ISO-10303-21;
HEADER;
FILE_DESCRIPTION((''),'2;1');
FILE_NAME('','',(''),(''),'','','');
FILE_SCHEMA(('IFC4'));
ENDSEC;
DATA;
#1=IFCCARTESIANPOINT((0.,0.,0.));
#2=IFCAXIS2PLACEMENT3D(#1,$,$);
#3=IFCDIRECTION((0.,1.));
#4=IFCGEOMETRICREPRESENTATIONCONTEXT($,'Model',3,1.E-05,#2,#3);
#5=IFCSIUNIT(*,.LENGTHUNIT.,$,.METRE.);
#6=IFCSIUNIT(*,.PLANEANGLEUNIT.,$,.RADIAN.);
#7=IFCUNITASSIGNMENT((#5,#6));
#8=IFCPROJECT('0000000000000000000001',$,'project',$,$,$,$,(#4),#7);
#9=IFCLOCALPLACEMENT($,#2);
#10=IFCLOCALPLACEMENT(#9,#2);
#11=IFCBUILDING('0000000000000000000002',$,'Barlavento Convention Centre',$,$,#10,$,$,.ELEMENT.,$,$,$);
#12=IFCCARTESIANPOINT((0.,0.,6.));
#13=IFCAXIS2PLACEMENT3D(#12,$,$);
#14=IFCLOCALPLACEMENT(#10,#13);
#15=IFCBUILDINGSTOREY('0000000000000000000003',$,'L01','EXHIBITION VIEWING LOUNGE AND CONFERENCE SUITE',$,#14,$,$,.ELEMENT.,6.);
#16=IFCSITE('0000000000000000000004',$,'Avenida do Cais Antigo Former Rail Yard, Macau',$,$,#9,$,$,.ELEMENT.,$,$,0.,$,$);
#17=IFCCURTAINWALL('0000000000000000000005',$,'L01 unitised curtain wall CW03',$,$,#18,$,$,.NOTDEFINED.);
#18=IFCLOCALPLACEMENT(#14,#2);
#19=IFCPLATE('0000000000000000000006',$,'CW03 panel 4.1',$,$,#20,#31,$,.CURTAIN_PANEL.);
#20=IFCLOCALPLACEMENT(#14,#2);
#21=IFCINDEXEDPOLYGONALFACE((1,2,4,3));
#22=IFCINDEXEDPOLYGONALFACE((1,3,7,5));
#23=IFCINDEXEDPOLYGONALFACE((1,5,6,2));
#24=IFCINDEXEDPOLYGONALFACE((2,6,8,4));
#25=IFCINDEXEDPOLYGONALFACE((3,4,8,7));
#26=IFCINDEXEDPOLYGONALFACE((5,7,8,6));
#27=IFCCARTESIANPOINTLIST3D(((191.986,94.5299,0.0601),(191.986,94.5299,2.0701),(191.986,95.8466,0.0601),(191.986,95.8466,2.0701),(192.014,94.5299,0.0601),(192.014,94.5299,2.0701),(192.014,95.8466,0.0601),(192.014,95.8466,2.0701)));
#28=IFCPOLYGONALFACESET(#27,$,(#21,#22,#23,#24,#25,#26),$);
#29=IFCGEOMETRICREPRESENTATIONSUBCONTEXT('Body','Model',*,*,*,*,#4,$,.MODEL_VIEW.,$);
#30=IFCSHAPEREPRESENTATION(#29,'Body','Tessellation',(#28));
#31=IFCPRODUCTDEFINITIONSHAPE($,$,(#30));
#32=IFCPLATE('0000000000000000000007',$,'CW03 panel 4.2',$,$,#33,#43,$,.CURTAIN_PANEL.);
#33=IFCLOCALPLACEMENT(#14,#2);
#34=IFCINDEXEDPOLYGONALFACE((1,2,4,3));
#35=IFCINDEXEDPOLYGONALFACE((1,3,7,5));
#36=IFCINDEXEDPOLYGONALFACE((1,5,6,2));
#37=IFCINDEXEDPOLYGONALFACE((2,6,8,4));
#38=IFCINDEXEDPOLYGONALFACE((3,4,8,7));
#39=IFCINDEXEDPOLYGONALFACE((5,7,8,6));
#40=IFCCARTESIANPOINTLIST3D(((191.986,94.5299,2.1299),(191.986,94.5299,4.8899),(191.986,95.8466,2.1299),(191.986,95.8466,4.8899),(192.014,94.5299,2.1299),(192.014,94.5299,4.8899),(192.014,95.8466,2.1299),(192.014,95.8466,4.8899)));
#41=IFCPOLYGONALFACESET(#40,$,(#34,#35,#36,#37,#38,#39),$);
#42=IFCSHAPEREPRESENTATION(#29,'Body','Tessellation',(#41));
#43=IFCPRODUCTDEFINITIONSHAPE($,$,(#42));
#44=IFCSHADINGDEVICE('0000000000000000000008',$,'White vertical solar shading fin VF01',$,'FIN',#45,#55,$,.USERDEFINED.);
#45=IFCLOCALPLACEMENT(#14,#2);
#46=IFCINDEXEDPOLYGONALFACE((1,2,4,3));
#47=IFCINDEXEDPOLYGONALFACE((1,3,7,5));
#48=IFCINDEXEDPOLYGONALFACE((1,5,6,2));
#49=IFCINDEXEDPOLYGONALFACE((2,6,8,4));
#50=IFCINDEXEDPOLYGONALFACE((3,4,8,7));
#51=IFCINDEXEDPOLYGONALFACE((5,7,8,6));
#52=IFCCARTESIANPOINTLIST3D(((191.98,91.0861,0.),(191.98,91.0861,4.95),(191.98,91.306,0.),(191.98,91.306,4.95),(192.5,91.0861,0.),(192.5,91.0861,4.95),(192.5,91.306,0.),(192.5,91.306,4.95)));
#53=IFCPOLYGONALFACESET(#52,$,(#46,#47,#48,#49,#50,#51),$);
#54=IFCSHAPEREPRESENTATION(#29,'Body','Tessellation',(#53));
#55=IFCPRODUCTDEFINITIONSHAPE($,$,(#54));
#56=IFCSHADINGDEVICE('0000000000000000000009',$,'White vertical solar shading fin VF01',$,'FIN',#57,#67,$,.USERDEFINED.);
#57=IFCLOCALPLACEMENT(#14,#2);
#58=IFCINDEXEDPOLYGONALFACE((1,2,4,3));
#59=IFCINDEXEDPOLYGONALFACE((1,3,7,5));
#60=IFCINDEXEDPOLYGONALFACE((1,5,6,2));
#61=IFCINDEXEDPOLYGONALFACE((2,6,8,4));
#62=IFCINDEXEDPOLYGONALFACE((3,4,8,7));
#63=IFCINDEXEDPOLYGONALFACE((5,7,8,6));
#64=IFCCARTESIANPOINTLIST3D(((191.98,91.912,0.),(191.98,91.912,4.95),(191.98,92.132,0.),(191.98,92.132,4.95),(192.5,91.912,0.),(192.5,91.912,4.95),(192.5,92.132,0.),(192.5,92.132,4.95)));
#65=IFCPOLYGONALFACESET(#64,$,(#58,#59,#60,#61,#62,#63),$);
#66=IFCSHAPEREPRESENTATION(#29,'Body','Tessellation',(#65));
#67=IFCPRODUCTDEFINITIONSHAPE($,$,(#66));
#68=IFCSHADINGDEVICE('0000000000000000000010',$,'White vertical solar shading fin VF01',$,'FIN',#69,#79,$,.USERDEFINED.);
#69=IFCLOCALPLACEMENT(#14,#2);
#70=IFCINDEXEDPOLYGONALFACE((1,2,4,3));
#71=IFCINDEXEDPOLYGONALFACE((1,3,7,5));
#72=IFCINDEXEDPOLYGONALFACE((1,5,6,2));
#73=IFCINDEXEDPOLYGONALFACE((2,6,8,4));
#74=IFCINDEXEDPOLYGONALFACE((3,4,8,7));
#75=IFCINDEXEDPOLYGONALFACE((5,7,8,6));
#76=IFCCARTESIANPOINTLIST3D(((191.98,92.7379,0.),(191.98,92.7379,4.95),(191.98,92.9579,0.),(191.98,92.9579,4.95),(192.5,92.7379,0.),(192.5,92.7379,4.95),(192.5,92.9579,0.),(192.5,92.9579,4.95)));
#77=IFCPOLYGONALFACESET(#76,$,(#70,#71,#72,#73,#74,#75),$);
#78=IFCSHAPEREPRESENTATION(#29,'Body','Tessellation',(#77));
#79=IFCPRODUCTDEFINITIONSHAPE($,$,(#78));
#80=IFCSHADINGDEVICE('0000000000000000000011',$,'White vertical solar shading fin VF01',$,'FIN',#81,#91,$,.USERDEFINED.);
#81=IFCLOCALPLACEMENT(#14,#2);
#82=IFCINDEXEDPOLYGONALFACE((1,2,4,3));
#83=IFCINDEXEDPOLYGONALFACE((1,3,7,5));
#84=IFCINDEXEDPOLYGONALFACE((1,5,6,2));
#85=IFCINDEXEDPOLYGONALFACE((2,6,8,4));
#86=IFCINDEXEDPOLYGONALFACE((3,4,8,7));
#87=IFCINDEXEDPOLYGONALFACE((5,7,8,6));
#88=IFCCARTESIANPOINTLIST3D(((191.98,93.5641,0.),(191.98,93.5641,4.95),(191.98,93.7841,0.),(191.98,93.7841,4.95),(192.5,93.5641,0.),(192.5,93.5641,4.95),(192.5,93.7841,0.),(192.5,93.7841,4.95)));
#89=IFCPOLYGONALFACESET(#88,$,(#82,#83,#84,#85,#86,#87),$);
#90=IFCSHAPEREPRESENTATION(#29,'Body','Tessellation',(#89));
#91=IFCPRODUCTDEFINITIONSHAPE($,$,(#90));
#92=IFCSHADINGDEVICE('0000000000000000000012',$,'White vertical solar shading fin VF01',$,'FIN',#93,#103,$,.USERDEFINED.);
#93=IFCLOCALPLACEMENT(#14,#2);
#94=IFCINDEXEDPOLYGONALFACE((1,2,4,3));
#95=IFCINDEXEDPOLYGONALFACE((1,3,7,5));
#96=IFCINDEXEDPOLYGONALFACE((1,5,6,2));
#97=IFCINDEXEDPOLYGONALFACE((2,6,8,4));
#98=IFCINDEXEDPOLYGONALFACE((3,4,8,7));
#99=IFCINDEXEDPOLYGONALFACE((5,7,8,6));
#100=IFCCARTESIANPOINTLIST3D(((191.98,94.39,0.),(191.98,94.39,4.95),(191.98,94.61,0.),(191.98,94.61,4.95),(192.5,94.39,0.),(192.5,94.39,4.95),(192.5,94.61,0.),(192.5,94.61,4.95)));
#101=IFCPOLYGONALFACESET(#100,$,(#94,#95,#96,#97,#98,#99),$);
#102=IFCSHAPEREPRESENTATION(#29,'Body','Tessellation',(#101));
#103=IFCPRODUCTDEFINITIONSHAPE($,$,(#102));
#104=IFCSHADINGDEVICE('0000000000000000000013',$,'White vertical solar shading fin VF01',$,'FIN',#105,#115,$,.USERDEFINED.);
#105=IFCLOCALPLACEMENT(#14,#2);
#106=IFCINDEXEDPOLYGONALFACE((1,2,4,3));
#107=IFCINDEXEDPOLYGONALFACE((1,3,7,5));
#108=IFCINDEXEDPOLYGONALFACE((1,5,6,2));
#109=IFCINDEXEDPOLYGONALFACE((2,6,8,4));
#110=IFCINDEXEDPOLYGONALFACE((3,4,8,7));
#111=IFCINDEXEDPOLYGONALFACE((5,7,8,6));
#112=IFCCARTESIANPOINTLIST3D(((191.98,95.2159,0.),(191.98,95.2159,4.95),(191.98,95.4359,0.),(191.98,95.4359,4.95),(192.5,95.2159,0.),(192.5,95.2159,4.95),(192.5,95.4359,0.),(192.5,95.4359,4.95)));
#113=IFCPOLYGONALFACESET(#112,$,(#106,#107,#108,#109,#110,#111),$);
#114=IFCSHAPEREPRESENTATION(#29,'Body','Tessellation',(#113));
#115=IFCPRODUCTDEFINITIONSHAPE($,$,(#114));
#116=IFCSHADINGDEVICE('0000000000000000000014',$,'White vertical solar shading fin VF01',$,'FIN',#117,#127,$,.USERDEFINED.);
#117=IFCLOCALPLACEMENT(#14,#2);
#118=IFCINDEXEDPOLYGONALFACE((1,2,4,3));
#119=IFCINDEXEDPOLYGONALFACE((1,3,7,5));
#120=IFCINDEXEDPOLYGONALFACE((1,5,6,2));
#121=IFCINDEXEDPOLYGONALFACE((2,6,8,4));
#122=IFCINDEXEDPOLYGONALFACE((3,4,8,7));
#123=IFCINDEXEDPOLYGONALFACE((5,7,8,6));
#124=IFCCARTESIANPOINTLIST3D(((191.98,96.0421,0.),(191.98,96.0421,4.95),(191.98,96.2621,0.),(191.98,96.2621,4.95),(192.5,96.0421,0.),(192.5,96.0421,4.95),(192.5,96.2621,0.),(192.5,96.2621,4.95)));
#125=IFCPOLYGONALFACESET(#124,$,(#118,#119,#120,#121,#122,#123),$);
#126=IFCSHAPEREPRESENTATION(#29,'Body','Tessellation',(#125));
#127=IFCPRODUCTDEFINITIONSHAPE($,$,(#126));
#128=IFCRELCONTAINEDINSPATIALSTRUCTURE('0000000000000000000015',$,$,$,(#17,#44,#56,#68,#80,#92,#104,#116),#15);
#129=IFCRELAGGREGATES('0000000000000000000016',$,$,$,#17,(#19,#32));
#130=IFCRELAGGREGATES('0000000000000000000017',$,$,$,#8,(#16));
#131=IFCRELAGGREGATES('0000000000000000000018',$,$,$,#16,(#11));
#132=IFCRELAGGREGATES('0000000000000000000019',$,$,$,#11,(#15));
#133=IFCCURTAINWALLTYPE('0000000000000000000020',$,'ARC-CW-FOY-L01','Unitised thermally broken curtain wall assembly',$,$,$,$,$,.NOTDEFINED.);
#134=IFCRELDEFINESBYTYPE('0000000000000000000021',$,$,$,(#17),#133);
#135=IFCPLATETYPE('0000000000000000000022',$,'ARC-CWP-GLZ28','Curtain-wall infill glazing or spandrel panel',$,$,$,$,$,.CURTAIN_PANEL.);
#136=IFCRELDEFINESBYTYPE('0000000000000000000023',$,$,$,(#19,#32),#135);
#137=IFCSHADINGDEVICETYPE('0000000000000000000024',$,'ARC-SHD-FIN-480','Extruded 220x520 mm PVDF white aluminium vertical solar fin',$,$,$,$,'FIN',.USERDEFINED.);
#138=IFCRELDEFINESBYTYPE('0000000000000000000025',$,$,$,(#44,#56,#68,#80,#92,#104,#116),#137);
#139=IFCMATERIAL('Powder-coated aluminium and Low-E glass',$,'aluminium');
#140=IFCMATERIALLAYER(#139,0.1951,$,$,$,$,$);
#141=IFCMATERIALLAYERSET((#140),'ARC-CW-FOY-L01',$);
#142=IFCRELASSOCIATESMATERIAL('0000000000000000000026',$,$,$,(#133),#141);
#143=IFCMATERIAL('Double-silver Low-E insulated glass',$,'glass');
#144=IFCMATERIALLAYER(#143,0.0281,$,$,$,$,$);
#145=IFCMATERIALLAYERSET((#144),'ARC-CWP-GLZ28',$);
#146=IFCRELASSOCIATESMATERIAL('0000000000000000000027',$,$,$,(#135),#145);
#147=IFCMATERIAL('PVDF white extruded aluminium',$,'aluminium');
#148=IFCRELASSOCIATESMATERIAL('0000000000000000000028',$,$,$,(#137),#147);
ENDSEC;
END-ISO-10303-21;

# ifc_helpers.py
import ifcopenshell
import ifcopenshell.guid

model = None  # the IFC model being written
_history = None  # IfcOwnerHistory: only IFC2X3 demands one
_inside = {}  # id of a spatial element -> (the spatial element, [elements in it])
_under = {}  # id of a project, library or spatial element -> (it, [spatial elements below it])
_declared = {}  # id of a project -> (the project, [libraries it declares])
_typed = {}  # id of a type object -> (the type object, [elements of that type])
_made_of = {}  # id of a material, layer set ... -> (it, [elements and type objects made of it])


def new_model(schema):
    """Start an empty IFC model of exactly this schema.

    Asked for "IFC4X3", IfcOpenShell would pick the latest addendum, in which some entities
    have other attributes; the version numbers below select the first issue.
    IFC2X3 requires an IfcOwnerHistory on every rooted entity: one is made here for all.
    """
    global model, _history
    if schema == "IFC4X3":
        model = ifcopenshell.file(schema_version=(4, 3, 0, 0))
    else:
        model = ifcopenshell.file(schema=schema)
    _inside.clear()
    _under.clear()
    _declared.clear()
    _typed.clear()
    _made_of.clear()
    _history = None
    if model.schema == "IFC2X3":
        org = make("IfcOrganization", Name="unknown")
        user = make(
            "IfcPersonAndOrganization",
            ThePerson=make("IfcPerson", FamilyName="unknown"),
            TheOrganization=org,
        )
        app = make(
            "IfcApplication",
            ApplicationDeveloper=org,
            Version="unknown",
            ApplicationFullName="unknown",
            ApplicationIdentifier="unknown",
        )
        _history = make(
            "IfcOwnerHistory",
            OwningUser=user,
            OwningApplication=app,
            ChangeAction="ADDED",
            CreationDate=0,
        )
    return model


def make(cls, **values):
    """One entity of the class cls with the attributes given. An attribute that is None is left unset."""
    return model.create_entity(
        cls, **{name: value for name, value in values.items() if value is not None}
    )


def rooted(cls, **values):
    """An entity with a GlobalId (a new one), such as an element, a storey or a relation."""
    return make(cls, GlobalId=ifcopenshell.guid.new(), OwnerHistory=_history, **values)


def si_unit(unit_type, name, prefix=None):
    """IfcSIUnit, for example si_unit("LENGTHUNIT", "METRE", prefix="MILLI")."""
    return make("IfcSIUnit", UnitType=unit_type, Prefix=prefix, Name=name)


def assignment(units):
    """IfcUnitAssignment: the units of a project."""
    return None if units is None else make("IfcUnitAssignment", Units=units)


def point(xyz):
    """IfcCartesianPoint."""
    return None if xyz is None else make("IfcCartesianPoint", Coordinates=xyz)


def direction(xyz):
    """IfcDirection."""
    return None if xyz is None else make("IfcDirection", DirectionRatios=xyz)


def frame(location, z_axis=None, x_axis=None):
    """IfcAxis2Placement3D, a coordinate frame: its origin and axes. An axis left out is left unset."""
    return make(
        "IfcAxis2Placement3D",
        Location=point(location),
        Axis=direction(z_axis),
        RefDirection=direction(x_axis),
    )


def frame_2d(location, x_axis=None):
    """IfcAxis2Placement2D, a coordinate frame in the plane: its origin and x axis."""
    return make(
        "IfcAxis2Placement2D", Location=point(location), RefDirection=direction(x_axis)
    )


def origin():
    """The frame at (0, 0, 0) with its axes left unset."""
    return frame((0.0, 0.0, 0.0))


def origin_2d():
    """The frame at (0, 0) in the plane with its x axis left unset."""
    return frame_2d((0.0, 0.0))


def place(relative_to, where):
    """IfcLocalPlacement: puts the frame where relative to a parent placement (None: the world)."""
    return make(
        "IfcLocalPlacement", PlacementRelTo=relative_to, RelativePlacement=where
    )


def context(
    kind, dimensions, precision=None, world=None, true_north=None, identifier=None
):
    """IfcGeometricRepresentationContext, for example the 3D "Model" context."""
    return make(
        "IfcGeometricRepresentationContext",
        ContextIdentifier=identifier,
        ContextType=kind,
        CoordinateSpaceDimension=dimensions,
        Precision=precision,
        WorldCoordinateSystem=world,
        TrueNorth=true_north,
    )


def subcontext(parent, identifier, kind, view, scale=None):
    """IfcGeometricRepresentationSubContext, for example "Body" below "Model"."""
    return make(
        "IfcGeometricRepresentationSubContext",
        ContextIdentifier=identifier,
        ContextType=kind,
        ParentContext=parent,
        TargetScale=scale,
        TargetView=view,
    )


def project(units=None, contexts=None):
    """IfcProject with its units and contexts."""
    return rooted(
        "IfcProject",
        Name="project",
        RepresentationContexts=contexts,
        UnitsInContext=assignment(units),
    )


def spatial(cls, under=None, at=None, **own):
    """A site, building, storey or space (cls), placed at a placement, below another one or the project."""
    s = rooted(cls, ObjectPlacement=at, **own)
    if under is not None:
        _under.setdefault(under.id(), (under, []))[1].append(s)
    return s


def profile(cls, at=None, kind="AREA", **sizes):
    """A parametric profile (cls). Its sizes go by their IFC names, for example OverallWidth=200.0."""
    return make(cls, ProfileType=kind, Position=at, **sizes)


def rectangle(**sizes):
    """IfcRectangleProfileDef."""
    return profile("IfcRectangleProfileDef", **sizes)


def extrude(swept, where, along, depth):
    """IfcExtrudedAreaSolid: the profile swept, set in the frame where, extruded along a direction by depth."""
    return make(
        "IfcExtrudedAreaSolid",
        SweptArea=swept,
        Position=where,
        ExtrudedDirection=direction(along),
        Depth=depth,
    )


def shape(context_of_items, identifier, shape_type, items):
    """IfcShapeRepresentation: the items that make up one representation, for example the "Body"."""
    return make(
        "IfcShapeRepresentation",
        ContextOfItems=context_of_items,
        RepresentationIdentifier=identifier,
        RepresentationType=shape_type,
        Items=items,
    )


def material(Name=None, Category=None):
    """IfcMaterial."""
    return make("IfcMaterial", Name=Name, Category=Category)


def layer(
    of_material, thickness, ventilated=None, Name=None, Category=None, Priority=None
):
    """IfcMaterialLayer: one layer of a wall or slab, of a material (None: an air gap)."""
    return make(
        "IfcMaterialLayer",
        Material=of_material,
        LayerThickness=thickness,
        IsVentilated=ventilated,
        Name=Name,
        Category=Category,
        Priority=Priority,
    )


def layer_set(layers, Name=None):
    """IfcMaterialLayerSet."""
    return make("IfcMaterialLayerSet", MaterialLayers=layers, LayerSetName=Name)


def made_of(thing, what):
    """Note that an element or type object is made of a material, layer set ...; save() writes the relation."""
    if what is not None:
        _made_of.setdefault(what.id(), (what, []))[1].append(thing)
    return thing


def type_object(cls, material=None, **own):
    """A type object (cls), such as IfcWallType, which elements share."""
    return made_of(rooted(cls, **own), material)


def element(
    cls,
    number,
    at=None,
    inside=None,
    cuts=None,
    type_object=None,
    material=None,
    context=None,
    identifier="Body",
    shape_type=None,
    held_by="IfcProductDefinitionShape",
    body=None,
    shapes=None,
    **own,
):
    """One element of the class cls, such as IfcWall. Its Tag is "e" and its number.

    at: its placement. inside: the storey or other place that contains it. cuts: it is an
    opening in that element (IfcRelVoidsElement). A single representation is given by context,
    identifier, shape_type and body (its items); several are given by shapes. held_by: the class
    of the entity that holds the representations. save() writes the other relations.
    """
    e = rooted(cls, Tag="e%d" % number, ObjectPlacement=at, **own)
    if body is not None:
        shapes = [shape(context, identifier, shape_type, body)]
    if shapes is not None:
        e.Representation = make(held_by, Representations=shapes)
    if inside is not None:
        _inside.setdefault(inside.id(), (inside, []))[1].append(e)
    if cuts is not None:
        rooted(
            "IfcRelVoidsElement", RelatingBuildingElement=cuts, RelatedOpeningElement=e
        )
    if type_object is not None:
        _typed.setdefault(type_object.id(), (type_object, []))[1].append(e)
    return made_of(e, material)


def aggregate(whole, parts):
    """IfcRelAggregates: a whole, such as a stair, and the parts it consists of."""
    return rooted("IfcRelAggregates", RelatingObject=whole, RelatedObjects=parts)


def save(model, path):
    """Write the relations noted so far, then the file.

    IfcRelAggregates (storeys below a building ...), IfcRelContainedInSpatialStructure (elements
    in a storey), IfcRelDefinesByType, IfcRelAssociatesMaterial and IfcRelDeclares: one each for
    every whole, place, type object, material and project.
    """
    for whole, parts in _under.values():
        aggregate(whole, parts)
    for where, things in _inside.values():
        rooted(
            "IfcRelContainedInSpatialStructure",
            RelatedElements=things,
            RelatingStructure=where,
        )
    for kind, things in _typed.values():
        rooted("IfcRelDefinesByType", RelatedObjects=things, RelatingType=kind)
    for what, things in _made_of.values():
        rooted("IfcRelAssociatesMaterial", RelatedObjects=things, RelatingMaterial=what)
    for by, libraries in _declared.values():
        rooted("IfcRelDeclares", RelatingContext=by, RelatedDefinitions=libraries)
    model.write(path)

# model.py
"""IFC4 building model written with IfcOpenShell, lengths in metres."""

from ifc_helpers import new_model, si_unit, direction, frame, origin, origin_2d, place, context, subcontext, project, spatial, rectangle, extrude, material, layer, layer_set, type_object, element, aggregate, save


model = new_model("IFC4")

# Units and contexts
model_context = context("Model", 3, precision=1e-05, world=origin(), true_north=direction((0.0, 1.0)))
body_context = subcontext(model_context, "Body", "Model", "MODEL_VIEW")
ifc_project = project(units=[si_unit("LENGTHUNIT", "METRE"), si_unit("PLANEANGLEUNIT", "RADIAN")], contexts=[model_context])

# Site, building, storey
site_placement = place(None, origin())
site = spatial("IfcSite", under=ifc_project, at=site_placement, Name="Avenida do Cais Antigo Former Rail Yard, Macau", CompositionType="ELEMENT", RefElevation=0.0)
building_placement = place(site_placement, origin())
building = spatial("IfcBuilding", under=site, at=building_placement, Name="Barlavento Convention Centre", CompositionType="ELEMENT")
storey_placement = place(building_placement, frame((0.0, 0.0, 6.0)))
storey = spatial("IfcBuildingStorey", under=building, at=storey_placement, Name="L01", Description="EXHIBITION VIEWING LOUNGE AND CONFERENCE SUITE", CompositionType="ELEMENT", Elevation=6.0)

# Curtain wall, plates
ifc_material_1 = material(Name="Powder-coated aluminium and Low-E glass", Category="aluminium")
ifc_layer_1 = layer(ifc_material_1, 0.1951)
ifc_layer_set_1 = layer_set([ifc_layer_1], Name="ARC-CW-FOY-L01")
curtain_wall_type = type_object("IfcCurtainWallType", Name="ARC-CW-FOY-L01", Description="Unitised thermally broken curtain wall assembly", PredefinedType="NOTDEFINED", material=ifc_layer_set_1)
curtain_wall_placement = place(storey_placement, origin())
curtain_wall = element("IfcCurtainWall", 1, at=curtain_wall_placement, inside=storey, type_object=curtain_wall_type, Name="L01 unitised curtain wall CW03", PredefinedType="NOTDEFINED")
ifc_material_2 = material(Name="Double-silver Low-E insulated glass", Category="glass")
ifc_layer_2 = layer(ifc_material_2, 0.0281)
ifc_layer_set_2 = layer_set([ifc_layer_2], Name="ARC-CWP-GLZ28")
plate_type = type_object("IfcPlateType", Name="ARC-CWP-GLZ28", Description="Curtain-wall infill glazing or spandrel panel", PredefinedType="CURTAIN_PANEL", material=ifc_layer_set_2)
plate_1_placement = place(storey_placement, frame((192.0, 95.1882, 0.0601), z_axis=(0.0, 0.0, 1.0), x_axis=(0.0, 1.0, 0.0)))
plate_1 = element("IfcPlate", 2, at=plate_1_placement, type_object=plate_type, Name="CW03 panel 4.1", PredefinedType="CURTAIN_PANEL", context=body_context, shape_type="SweptSolid", body=[
    extrude(rectangle(XDim=1.3167, YDim=0.0281, at=origin_2d()), origin(), (0.0, 0.0, 1.0), 2.01),
])
plate_2_placement = place(storey_placement, frame((192.0, 95.1882, 2.1299), z_axis=(0.0, 0.0, 1.0), x_axis=(0.0, 1.0, 0.0)))
plate_2 = element("IfcPlate", 3, at=plate_2_placement, type_object=plate_type, Name="CW03 panel 4.2", PredefinedType="CURTAIN_PANEL", context=body_context, shape_type="SweptSolid", body=[
    extrude(rectangle(XDim=1.3167, YDim=0.0281, at=origin_2d()), origin(), (0.0, 0.0, 1.0), 2.76),
])
aggregate(curtain_wall, [plate_1, plate_2])

# Shading devices
ifc_material_3 = material(Name="PVDF white extruded aluminium", Category="aluminium")
shading_device_type = type_object("IfcShadingDeviceType", Name="ARC-SHD-FIN-480", Description="Extruded 220x520 mm PVDF white aluminium vertical solar fin", ElementType="FIN", PredefinedType="USERDEFINED", material=ifc_material_3)
for number, where, z_axis, x_axis, name in (
    (4, (192.24, 91.196, 0.0), (0.0, 0.0, 1.0), (0.0, 1.0, 0.0), "White vertical solar shading fin VF01"),
    (5, (192.24, 92.022, 0.0), (0.0, 0.0, 1.0), (0.0, 1.0, 0.0), "White vertical solar shading fin VF01"),
    (6, (192.24, 92.8479, 0.0), (0.0, 0.0, 1.0), (0.0, 1.0, 0.0), "White vertical solar shading fin VF01"),
    (7, (192.24, 93.6741, 0.0), (0.0, 0.0, 1.0), (0.0, 1.0, 0.0), "White vertical solar shading fin VF01"),
    (8, (192.24, 94.5, 0.0), (0.0, 0.0, 1.0), (0.0, 1.0, 0.0), "White vertical solar shading fin VF01"),
    (9, (192.24, 95.3259, 0.0), (0.0, 0.0, 1.0), (0.0, 1.0, 0.0), "White vertical solar shading fin VF01"),
    (10, (192.24, 96.1521, 0.0), (0.0, 0.0, 1.0), (0.0, 1.0, 0.0), "White vertical solar shading fin VF01"),
):
    element("IfcShadingDevice", number, at=place(storey_placement, frame(where, z_axis=z_axis, x_axis=x_axis)), inside=storey, type_object=shading_device_type, Name=name, ObjectType="FIN", PredefinedType="USERDEFINED", context=body_context, shape_type="SweptSolid", body=[
        extrude(rectangle(XDim=0.22, YDim=0.52, at=origin_2d()), origin(), (0.0, 0.0, 1.0), 4.95),
    ])

save(model, "model.ifc")
